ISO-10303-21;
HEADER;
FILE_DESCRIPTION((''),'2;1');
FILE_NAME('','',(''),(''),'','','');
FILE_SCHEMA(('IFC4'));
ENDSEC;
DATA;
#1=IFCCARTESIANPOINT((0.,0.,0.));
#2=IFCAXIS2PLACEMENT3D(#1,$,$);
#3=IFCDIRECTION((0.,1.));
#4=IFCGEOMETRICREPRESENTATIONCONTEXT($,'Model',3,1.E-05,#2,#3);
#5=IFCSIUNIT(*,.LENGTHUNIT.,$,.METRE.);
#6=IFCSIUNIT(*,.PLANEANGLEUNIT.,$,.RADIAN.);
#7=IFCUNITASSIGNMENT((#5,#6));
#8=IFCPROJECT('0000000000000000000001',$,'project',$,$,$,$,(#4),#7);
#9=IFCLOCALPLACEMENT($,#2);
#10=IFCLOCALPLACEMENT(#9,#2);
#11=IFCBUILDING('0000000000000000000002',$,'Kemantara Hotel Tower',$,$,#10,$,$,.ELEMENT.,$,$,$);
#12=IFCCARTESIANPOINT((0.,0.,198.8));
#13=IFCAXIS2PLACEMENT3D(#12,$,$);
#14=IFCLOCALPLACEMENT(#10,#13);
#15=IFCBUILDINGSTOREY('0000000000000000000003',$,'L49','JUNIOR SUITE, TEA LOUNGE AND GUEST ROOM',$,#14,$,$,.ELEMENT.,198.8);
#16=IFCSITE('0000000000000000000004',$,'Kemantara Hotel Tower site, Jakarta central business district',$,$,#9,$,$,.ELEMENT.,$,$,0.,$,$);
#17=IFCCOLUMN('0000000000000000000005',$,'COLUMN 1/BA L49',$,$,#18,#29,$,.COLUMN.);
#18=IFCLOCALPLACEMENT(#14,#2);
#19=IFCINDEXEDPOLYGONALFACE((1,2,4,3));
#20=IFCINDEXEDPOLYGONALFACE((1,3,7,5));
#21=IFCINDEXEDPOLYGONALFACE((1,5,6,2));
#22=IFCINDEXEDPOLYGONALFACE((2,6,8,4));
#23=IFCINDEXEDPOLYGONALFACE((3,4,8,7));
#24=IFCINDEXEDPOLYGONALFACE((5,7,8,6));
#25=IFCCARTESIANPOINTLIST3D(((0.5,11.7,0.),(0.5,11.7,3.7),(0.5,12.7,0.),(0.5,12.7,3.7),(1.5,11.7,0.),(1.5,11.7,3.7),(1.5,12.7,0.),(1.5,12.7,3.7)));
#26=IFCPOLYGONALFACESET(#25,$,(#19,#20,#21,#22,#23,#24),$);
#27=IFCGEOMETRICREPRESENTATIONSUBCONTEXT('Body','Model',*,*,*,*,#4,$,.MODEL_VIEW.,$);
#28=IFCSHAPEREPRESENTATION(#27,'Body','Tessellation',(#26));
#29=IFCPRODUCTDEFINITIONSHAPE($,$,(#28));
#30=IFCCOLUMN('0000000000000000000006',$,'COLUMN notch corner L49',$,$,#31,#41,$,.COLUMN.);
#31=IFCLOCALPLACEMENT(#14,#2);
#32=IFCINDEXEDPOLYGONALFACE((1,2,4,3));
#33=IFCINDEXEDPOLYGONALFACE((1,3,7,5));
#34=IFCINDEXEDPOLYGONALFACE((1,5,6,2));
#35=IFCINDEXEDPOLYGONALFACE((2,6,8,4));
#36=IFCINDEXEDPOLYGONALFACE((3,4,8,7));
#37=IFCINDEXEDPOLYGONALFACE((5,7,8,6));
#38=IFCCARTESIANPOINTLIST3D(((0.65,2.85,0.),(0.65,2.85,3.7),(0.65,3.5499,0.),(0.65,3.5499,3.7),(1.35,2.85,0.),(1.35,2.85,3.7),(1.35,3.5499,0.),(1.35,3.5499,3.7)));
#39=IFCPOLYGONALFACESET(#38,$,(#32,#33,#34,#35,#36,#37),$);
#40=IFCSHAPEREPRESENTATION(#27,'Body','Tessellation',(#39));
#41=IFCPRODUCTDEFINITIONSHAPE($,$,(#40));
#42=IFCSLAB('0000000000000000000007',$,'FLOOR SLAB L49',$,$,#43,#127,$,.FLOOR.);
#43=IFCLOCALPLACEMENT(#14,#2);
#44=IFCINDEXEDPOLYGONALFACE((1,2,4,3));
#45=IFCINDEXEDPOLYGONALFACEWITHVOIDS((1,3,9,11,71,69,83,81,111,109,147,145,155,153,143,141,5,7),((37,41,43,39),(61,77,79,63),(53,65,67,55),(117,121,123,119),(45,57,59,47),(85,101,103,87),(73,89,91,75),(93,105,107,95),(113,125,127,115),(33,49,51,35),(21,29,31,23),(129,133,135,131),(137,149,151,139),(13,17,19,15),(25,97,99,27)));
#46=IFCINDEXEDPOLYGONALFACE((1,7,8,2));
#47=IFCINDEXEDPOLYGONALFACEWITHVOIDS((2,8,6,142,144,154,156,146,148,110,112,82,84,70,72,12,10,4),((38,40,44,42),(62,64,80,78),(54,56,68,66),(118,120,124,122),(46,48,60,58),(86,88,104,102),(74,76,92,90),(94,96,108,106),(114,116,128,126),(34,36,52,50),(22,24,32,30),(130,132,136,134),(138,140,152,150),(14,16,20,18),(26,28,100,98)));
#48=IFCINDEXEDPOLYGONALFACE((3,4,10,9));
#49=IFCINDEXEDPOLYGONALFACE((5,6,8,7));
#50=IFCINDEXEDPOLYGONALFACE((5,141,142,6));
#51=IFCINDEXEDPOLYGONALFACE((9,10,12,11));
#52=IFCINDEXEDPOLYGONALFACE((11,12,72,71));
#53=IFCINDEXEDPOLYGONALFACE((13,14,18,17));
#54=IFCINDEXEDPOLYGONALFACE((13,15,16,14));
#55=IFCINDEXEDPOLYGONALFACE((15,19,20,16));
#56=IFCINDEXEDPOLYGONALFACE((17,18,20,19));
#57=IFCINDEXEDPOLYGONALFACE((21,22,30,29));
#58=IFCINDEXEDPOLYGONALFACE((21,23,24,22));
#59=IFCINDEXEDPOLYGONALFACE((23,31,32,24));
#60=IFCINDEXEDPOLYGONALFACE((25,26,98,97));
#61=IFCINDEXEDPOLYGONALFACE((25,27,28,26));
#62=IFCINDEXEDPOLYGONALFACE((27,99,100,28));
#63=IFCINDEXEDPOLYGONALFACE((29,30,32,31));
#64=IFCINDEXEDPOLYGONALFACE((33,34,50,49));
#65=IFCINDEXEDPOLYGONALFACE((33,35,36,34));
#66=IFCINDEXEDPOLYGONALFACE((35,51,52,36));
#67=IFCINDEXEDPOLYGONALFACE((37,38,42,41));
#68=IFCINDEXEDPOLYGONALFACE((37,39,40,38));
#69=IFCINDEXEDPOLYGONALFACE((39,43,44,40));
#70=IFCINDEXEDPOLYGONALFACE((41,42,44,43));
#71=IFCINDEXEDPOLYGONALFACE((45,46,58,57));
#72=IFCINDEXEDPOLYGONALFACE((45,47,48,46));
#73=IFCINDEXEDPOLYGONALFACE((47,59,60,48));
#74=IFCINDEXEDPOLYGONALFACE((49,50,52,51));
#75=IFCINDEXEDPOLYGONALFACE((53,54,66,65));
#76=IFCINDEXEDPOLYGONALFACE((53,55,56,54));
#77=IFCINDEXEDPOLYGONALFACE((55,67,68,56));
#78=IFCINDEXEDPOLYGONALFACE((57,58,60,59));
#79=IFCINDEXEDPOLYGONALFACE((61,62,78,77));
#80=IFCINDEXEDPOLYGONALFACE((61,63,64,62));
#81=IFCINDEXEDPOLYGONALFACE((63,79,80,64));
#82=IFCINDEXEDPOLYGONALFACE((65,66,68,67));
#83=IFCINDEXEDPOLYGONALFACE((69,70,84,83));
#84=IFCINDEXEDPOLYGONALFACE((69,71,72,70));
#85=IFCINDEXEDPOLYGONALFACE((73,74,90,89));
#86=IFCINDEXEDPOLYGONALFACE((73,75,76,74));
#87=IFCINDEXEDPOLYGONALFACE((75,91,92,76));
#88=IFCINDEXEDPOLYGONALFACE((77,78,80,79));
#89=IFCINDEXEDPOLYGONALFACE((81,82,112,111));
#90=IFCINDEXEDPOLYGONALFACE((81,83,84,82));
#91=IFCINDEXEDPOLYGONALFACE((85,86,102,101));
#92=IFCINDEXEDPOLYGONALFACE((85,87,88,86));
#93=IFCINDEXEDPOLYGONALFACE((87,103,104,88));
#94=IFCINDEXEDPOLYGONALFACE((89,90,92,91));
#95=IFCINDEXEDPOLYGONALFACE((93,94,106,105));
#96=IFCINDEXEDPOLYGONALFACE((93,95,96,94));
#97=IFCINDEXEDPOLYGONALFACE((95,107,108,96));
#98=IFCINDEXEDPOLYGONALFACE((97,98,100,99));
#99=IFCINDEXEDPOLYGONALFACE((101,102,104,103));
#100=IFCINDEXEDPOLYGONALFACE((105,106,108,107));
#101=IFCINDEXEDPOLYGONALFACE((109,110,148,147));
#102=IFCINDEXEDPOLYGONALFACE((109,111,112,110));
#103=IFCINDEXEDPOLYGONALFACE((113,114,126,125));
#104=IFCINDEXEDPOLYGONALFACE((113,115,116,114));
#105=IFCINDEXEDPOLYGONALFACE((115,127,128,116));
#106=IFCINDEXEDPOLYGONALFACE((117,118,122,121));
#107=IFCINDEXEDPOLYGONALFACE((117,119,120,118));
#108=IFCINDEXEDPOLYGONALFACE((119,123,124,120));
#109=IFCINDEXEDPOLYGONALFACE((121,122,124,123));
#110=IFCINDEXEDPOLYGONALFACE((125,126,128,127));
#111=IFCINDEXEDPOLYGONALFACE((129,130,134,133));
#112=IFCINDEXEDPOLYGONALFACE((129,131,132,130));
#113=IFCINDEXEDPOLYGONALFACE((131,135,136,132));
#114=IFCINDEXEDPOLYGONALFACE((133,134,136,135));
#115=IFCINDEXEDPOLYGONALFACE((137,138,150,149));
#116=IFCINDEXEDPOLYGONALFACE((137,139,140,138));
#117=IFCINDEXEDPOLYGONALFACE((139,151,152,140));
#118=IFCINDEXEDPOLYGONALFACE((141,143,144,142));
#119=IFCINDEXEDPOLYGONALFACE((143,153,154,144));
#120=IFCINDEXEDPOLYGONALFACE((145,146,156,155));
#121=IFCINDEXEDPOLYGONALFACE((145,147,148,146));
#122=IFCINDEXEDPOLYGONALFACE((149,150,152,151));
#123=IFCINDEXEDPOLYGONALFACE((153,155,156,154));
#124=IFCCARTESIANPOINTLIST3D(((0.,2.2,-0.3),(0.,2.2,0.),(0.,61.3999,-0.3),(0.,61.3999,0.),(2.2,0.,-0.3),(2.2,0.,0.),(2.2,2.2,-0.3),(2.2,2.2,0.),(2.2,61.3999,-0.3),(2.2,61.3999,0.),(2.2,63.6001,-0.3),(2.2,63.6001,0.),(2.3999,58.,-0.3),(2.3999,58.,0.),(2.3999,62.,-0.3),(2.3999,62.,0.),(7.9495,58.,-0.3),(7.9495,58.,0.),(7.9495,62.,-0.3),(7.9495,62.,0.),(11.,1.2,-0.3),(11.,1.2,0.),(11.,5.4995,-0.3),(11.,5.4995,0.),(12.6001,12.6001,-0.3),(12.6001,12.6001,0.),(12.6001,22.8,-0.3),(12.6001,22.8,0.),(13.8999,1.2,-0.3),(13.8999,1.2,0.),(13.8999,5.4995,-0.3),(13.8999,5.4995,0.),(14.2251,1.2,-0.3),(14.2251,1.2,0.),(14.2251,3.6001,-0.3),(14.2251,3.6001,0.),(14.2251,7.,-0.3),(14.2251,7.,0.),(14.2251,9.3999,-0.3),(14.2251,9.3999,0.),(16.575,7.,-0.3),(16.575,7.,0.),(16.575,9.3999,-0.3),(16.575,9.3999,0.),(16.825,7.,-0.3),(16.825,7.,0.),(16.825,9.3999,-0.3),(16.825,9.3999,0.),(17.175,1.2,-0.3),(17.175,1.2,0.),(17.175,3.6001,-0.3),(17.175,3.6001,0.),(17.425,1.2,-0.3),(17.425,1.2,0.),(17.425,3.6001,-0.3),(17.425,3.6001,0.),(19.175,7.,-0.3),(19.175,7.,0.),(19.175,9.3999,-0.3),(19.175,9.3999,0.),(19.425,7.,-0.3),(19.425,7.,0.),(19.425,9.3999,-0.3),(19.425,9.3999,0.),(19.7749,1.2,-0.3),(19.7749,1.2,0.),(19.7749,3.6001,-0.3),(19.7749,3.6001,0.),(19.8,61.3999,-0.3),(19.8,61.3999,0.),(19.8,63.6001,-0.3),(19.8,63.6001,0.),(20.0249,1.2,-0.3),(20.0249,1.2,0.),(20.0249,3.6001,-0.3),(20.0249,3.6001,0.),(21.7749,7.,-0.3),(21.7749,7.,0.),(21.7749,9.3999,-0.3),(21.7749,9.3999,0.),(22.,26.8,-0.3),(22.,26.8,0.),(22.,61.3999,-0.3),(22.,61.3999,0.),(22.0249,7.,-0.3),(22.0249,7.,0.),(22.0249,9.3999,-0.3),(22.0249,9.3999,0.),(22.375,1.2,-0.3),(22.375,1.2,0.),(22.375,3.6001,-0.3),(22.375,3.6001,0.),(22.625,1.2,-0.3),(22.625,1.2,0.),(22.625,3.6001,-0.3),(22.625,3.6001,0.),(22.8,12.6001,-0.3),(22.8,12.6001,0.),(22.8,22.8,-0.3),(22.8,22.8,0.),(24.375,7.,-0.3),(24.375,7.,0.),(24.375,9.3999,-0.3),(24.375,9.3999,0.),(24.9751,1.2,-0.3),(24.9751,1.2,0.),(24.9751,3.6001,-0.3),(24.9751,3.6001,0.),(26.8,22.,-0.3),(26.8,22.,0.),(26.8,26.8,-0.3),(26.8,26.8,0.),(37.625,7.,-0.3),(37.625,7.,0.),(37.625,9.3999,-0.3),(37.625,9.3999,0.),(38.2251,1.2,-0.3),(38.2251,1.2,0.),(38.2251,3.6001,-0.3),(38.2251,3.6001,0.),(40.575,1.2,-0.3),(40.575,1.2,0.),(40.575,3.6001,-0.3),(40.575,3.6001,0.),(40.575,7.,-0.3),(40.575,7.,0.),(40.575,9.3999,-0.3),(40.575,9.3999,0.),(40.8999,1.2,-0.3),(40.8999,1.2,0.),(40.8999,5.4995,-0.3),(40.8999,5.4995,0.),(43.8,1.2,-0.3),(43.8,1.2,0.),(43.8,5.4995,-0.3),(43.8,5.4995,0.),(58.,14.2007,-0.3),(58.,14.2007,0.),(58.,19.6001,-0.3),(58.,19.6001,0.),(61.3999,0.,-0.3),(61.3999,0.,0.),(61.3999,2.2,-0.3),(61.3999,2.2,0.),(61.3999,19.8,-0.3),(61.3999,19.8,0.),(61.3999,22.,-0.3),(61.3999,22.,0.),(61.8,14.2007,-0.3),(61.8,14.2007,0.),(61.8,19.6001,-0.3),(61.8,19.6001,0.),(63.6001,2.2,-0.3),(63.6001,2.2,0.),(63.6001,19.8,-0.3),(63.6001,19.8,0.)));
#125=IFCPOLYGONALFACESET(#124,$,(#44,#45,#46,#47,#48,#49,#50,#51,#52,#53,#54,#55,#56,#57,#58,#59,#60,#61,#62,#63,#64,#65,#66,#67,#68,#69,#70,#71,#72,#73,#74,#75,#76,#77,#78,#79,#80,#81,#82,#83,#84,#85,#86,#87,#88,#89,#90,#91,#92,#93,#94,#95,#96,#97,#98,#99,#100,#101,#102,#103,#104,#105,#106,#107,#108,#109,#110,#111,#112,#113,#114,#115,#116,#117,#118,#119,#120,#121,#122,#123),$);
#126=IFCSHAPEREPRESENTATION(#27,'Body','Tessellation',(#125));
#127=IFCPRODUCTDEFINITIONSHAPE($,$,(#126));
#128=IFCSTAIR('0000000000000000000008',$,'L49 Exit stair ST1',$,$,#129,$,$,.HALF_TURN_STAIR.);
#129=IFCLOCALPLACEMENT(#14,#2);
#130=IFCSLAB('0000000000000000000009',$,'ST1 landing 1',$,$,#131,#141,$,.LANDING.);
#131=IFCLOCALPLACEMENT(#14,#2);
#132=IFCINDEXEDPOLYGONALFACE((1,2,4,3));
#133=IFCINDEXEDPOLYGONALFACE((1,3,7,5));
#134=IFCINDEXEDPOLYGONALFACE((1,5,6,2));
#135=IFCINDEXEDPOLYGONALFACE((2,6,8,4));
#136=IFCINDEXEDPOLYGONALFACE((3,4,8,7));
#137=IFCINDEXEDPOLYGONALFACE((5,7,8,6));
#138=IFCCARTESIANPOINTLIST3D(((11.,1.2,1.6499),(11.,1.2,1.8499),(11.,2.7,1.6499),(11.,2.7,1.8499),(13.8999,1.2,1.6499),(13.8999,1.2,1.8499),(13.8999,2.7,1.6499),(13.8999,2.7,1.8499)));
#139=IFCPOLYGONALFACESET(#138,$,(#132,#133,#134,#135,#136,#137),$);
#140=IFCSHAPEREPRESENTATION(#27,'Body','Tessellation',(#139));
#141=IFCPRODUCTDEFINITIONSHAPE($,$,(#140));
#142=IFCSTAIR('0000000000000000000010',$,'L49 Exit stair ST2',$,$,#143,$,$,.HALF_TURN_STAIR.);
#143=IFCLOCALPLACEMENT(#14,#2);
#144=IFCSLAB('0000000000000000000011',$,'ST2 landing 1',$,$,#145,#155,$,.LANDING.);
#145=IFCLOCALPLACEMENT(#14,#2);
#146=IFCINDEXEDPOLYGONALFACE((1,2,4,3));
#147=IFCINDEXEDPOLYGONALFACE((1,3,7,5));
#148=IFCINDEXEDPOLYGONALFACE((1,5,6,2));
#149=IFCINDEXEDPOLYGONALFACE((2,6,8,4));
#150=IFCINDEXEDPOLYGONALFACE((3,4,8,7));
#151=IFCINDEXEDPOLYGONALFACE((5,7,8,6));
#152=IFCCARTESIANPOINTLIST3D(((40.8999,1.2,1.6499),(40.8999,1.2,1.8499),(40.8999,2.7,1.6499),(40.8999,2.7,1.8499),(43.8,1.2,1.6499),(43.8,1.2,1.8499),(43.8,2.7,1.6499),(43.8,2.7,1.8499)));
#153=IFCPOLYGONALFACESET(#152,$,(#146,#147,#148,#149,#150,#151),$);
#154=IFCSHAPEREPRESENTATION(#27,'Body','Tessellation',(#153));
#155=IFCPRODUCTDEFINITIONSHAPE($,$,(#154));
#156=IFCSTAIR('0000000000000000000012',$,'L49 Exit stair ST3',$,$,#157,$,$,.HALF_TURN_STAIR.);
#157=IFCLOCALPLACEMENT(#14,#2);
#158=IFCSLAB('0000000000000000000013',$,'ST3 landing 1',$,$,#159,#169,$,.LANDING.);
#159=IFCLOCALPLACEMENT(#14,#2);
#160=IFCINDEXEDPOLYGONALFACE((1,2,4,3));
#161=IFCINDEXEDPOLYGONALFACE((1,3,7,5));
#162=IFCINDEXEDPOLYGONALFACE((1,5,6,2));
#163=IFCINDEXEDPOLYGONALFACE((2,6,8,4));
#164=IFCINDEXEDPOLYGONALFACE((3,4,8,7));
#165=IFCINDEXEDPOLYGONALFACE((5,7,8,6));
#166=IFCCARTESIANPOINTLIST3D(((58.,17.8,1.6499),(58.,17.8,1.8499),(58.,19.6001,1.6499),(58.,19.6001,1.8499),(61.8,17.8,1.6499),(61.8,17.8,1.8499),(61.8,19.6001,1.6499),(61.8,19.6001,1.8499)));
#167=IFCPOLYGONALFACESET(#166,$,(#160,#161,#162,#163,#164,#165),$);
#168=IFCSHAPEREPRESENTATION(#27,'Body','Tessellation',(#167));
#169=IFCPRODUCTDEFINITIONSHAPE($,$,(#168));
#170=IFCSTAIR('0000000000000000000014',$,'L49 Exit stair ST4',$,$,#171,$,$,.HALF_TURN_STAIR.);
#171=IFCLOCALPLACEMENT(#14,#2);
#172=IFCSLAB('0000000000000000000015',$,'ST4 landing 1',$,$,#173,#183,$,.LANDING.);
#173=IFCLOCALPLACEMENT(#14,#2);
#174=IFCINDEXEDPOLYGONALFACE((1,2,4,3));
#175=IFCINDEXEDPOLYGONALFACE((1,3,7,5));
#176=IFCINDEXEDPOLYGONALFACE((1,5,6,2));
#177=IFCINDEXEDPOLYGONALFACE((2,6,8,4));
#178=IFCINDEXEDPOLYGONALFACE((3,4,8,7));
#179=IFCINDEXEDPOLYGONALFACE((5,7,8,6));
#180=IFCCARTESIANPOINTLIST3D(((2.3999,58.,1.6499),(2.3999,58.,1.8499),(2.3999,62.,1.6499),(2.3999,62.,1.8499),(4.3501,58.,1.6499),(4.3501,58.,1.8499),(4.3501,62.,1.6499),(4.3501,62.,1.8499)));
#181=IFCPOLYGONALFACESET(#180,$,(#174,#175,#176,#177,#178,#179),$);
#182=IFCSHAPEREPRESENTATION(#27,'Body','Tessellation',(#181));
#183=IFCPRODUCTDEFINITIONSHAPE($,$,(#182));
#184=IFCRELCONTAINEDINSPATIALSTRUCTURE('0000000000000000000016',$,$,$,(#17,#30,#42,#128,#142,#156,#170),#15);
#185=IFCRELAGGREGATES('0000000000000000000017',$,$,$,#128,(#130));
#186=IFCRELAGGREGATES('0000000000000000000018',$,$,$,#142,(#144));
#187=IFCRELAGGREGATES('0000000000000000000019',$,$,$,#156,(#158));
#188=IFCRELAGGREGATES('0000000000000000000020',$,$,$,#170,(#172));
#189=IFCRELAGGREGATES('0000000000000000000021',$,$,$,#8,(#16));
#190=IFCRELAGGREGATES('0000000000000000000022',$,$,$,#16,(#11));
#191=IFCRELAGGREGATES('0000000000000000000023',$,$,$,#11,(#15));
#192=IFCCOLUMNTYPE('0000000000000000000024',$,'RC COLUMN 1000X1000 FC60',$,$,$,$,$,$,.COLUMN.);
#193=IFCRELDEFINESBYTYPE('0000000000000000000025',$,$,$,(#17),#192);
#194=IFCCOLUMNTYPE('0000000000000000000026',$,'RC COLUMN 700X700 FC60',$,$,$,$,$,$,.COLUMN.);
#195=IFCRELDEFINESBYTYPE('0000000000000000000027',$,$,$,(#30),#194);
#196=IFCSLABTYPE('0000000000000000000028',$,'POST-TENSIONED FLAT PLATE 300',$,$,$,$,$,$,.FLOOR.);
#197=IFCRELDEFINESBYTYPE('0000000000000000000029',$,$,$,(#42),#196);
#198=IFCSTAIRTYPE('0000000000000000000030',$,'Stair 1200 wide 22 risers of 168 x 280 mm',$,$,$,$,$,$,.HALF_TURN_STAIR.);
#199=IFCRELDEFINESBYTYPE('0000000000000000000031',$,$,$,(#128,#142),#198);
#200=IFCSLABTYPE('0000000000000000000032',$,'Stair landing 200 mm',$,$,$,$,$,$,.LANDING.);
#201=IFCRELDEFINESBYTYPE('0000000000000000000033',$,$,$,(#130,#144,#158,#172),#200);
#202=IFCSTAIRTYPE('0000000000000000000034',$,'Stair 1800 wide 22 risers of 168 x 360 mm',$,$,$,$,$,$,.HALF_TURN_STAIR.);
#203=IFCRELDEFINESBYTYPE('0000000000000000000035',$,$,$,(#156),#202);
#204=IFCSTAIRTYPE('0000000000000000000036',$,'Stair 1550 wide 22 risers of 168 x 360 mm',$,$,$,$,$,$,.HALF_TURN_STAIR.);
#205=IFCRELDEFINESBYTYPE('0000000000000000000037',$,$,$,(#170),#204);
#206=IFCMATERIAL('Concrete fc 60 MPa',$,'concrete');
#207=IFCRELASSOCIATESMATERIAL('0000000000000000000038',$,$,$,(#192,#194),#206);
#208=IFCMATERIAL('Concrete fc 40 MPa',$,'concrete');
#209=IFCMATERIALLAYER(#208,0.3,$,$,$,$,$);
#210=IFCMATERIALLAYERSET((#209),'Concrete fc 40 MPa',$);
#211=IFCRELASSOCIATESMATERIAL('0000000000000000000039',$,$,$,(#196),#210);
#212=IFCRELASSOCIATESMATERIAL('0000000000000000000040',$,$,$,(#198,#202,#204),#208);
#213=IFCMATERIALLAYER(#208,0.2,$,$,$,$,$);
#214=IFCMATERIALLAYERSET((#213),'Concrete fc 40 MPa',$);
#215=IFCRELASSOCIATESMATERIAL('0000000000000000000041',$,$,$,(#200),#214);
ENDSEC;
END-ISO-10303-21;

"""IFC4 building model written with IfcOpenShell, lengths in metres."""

from ifc_helpers import new_model, si_unit, direction, frame, origin, origin_2d, place, context, subcontext, project, spatial, polyline, rectangle, outline, extrude, material, layer, layer_set, material_profile, profile_set, type_object, element, aggregate, save


model = new_model("IFC4")

# Units and contexts
model_context = context("Model", 3, precision=1e-05, world=origin(), true_north=direction((0.0, 1.0)))
body_context = subcontext(model_context, "Body", "Model", "MODEL_VIEW")
ifc_project = project(units=[si_unit("LENGTHUNIT", "METRE"), si_unit("PLANEANGLEUNIT", "RADIAN")], contexts=[model_context])

# Site, building, storey
site_placement = place(None, origin())
site = spatial("IfcSite", under=ifc_project, at=site_placement, Name="Kemantara Hotel Tower site, Jakarta central business district", CompositionType="ELEMENT", RefElevation=0.0)
building_placement = place(site_placement, origin())
building = spatial("IfcBuilding", under=site, at=building_placement, Name="Kemantara Hotel Tower", CompositionType="ELEMENT")
storey_placement = place(building_placement, frame((0.0, 0.0, 198.8)))
storey = spatial("IfcBuildingStorey", under=building, at=storey_placement, Name="L49", Description="JUNIOR SUITE, TEA LOUNGE AND GUEST ROOM", CompositionType="ELEMENT", Elevation=198.8)

# Columns
ifc_material_1 = material(Name="Concrete fc 60 MPa", Category="concrete")
ifc_material_profile_1 = material_profile(ifc_material_1, rectangle(XDim=1.0, YDim=1.0, at=origin_2d()), Name="RC 1000X1000")
ifc_profile_set_1 = profile_set([ifc_material_profile_1], Name="Concrete fc 60 MPa")
column_type_1 = type_object("IfcColumnType", Name="RC COLUMN 1000X1000 FC60", PredefinedType="COLUMN", material=ifc_profile_set_1)
column_1_placement = place(storey_placement, frame((1.0, 12.2, 0.0), z_axis=(0.0, 0.0, 1.0), x_axis=(1.0, 0.0, 0.0)))
element("IfcColumn", 1, at=column_1_placement, inside=storey, type_object=column_type_1, Name="COLUMN 1/BA L49", PredefinedType="COLUMN", context=body_context, shape_type="SweptSolid", body=[
    extrude(rectangle(XDim=1.0, YDim=1.0, at=origin_2d()), origin(), (0.0, 0.0, 1.0), 3.7),
])
ifc_material_profile_2 = material_profile(ifc_material_1, rectangle(XDim=0.7, YDim=0.7, at=origin_2d()), Name="RC 700X700")
ifc_profile_set_2 = profile_set([ifc_material_profile_2], Name="Concrete fc 60 MPa")
column_type_2 = type_object("IfcColumnType", Name="RC COLUMN 700X700 FC60", PredefinedType="COLUMN", material=ifc_profile_set_2)
column_2_placement = place(storey_placement, frame((1.0, 3.2, 0.0), z_axis=(0.0, 0.0, 1.0), x_axis=(1.0, 0.0, 0.0)))
element("IfcColumn", 2, at=column_2_placement, inside=storey, type_object=column_type_2, Name="COLUMN notch corner L49", PredefinedType="COLUMN", context=body_context, shape_type="SweptSolid", body=[
    extrude(rectangle(XDim=0.7, YDim=0.7, at=origin_2d()), origin(), (0.0, 0.0, 1.0), 3.7),
])

# Slab
ifc_material_2 = material(Name="Concrete fc 40 MPa", Category="concrete")
ifc_layer_1 = layer(ifc_material_2, 0.3)
ifc_layer_set_1 = layer_set([ifc_layer_1], Name="Concrete fc 40 MPa")
slab_type_1 = type_object("IfcSlabType", Name="POST-TENSIONED FLAT PLATE 300", PredefinedType="FLOOR", material=ifc_layer_set_1)
slab_1_placement = place(storey_placement, frame((0.0, 0.0, -0.3)))
element("IfcSlab", 3, at=slab_1_placement, inside=storey, type_object=slab_type_1, Name="FLOOR SLAB L49", PredefinedType="FLOOR", context=body_context, shape_type="SweptSolid", body=[
    extrude(outline(polyline([(22.0, 26.8), (22.0, 61.3999), (19.8, 61.3999), (19.8, 63.6001), (2.2, 63.6001), (2.2, 61.3999), (0.0, 61.3999), (0.0, 2.2), (2.2, 2.2), (2.2, 0.0), (61.3999, 0.0), (61.3999, 2.2), (63.6001, 2.2), (63.6001, 19.8), (61.3999, 19.8), (61.3999, 22.0), (26.8, 22.0), (26.8, 26.8), (22.0, 26.8)]), holes=[polyline([(17.175, 3.6001), (17.175, 1.2), (14.2251, 1.2), (14.2251, 3.6001), (17.175, 3.6001)]), polyline([(19.7749, 1.2), (17.425, 1.2), (17.425, 3.6001), (19.7749, 3.6001), (19.7749, 1.2)]), polyline([(11.0, 1.2), (11.0, 5.4995), (13.8999, 5.4995), (13.8999, 1.2), (11.0, 1.2)]), polyline([(16.575, 7.0), (14.2251, 7.0), (14.2251, 9.3999), (16.575, 9.3999), (16.575, 7.0)]), polyline([(19.175, 7.0), (16.825, 7.0), (16.825, 9.3999), (19.175, 9.3999), (19.175, 7.0)]), polyline([(21.7749, 7.0), (19.425, 7.0), (19.425, 9.3999), (21.7749, 9.3999), (21.7749, 7.0)]), polyline([(22.8, 12.6001), (12.6001, 12.6001), (12.6001, 22.8), (22.8, 22.8), (22.8, 12.6001)]), polyline([(2.3999, 62.0), (7.9495, 62.0), (7.9495, 58.0), (2.3999, 58.0), (2.3999, 62.0)]), polyline([(22.375, 1.2), (20.0249, 1.2), (20.0249, 3.6001), (22.375, 3.6001), (22.375, 1.2)]), polyline([(24.9751, 1.2), (22.625, 1.2), (22.625, 3.6001), (24.9751, 3.6001), (24.9751, 1.2)]), polyline([(40.575, 1.2), (38.2251, 1.2), (38.2251, 3.6001), (40.575, 3.6001), (40.575, 1.2)]), polyline([(40.8999, 1.2), (40.8999, 5.4995), (43.8, 5.4995), (43.8, 1.2), (40.8999, 1.2)]), polyline([(24.375, 7.0), (22.0249, 7.0), (22.0249, 9.3999), (24.375, 9.3999), (24.375, 7.0)]), polyline([(40.575, 7.0), (37.625, 7.0), (37.625, 9.3999), (40.575, 9.3999), (40.575, 7.0)]), polyline([(61.8, 19.6001), (61.8, 14.2007), (58.0, 14.2007), (58.0, 19.6001), (61.8, 19.6001)])]), origin(), (0.0, 0.0, 1.0), 0.3),
])

# Stairs, slabs
stair_type_1 = type_object("IfcStairType", Name="Stair 1200 wide 22 risers of 168 x 280 mm", PredefinedType="HALF_TURN_STAIR", material=ifc_material_2)
stair_1_placement = place(storey_placement, origin())
stair_1 = element("IfcStair", 4, at=stair_1_placement, inside=storey, type_object=stair_type_1, Name="L49 Exit stair ST1", PredefinedType="HALF_TURN_STAIR")
ifc_layer_2 = layer(ifc_material_2, 0.2)
ifc_layer_set_2 = layer_set([ifc_layer_2], Name="Concrete fc 40 MPa")
slab_type_2 = type_object("IfcSlabType", Name="Stair landing 200 mm", PredefinedType="LANDING", material=ifc_layer_set_2)
slab_2_placement = place(storey_placement, frame((0.0, 0.0, 1.6499)))
slab_2 = element("IfcSlab", 5, at=slab_2_placement, type_object=slab_type_2, Name="ST1 landing 1", PredefinedType="LANDING", context=body_context, shape_type="SweptSolid", body=[
    extrude(outline(polyline([(11.0, 2.7), (11.0, 1.2), (13.8999, 1.2), (13.8999, 2.7), (11.0, 2.7)])), origin(), (0.0, 0.0, 1.0), 0.2),
])
aggregate(stair_1, [slab_2])
stair_2_placement = place(storey_placement, origin())
stair_2 = element("IfcStair", 6, at=stair_2_placement, inside=storey, type_object=stair_type_1, Name="L49 Exit stair ST2", PredefinedType="HALF_TURN_STAIR")
slab_3_placement = place(storey_placement, frame((0.0, 0.0, 1.6499)))
slab_3 = element("IfcSlab", 7, at=slab_3_placement, type_object=slab_type_2, Name="ST2 landing 1", PredefinedType="LANDING", context=body_context, shape_type="SweptSolid", body=[
    extrude(outline(polyline([(40.8999, 2.7), (40.8999, 1.2), (43.8, 1.2), (43.8, 2.7), (40.8999, 2.7)])), origin(), (0.0, 0.0, 1.0), 0.2),
])
aggregate(stair_2, [slab_3])
stair_type_2 = type_object("IfcStairType", Name="Stair 1800 wide 22 risers of 168 x 360 mm", PredefinedType="HALF_TURN_STAIR", material=ifc_material_2)
stair_3_placement = place(storey_placement, origin())
stair_3 = element("IfcStair", 8, at=stair_3_placement, inside=storey, type_object=stair_type_2, Name="L49 Exit stair ST3", PredefinedType="HALF_TURN_STAIR")
slab_4_placement = place(storey_placement, frame((0.0, 0.0, 1.6499)))
slab_4 = element("IfcSlab", 9, at=slab_4_placement, type_object=slab_type_2, Name="ST3 landing 1", PredefinedType="LANDING", context=body_context, shape_type="SweptSolid", body=[
    extrude(outline(polyline([(61.8, 17.8), (61.8, 19.6001), (58.0, 19.6001), (58.0, 17.8), (61.8, 17.8)])), origin(), (0.0, 0.0, 1.0), 0.2),
])
aggregate(stair_3, [slab_4])
stair_type_3 = type_object("IfcStairType", Name="Stair 1550 wide 22 risers of 168 x 360 mm", PredefinedType="HALF_TURN_STAIR", material=ifc_material_2)
stair_4_placement = place(storey_placement, origin())
stair_4 = element("IfcStair", 10, at=stair_4_placement, inside=storey, type_object=stair_type_3, Name="L49 Exit stair ST4", PredefinedType="HALF_TURN_STAIR")
slab_5_placement = place(storey_placement, frame((0.0, 0.0, 1.6499)))
slab_5 = element("IfcSlab", 11, at=slab_5_placement, type_object=slab_type_2, Name="ST4 landing 1", PredefinedType="LANDING", context=body_context, shape_type="SweptSolid", body=[
    extrude(outline(polyline([(4.3501, 62.0), (2.3999, 62.0), (2.3999, 58.0), (4.3501, 58.0), (4.3501, 62.0)])), origin(), (0.0, 0.0, 1.0), 0.2),
])
aggregate(stair_4, [slab_5])

save(model, "model.ifc")
